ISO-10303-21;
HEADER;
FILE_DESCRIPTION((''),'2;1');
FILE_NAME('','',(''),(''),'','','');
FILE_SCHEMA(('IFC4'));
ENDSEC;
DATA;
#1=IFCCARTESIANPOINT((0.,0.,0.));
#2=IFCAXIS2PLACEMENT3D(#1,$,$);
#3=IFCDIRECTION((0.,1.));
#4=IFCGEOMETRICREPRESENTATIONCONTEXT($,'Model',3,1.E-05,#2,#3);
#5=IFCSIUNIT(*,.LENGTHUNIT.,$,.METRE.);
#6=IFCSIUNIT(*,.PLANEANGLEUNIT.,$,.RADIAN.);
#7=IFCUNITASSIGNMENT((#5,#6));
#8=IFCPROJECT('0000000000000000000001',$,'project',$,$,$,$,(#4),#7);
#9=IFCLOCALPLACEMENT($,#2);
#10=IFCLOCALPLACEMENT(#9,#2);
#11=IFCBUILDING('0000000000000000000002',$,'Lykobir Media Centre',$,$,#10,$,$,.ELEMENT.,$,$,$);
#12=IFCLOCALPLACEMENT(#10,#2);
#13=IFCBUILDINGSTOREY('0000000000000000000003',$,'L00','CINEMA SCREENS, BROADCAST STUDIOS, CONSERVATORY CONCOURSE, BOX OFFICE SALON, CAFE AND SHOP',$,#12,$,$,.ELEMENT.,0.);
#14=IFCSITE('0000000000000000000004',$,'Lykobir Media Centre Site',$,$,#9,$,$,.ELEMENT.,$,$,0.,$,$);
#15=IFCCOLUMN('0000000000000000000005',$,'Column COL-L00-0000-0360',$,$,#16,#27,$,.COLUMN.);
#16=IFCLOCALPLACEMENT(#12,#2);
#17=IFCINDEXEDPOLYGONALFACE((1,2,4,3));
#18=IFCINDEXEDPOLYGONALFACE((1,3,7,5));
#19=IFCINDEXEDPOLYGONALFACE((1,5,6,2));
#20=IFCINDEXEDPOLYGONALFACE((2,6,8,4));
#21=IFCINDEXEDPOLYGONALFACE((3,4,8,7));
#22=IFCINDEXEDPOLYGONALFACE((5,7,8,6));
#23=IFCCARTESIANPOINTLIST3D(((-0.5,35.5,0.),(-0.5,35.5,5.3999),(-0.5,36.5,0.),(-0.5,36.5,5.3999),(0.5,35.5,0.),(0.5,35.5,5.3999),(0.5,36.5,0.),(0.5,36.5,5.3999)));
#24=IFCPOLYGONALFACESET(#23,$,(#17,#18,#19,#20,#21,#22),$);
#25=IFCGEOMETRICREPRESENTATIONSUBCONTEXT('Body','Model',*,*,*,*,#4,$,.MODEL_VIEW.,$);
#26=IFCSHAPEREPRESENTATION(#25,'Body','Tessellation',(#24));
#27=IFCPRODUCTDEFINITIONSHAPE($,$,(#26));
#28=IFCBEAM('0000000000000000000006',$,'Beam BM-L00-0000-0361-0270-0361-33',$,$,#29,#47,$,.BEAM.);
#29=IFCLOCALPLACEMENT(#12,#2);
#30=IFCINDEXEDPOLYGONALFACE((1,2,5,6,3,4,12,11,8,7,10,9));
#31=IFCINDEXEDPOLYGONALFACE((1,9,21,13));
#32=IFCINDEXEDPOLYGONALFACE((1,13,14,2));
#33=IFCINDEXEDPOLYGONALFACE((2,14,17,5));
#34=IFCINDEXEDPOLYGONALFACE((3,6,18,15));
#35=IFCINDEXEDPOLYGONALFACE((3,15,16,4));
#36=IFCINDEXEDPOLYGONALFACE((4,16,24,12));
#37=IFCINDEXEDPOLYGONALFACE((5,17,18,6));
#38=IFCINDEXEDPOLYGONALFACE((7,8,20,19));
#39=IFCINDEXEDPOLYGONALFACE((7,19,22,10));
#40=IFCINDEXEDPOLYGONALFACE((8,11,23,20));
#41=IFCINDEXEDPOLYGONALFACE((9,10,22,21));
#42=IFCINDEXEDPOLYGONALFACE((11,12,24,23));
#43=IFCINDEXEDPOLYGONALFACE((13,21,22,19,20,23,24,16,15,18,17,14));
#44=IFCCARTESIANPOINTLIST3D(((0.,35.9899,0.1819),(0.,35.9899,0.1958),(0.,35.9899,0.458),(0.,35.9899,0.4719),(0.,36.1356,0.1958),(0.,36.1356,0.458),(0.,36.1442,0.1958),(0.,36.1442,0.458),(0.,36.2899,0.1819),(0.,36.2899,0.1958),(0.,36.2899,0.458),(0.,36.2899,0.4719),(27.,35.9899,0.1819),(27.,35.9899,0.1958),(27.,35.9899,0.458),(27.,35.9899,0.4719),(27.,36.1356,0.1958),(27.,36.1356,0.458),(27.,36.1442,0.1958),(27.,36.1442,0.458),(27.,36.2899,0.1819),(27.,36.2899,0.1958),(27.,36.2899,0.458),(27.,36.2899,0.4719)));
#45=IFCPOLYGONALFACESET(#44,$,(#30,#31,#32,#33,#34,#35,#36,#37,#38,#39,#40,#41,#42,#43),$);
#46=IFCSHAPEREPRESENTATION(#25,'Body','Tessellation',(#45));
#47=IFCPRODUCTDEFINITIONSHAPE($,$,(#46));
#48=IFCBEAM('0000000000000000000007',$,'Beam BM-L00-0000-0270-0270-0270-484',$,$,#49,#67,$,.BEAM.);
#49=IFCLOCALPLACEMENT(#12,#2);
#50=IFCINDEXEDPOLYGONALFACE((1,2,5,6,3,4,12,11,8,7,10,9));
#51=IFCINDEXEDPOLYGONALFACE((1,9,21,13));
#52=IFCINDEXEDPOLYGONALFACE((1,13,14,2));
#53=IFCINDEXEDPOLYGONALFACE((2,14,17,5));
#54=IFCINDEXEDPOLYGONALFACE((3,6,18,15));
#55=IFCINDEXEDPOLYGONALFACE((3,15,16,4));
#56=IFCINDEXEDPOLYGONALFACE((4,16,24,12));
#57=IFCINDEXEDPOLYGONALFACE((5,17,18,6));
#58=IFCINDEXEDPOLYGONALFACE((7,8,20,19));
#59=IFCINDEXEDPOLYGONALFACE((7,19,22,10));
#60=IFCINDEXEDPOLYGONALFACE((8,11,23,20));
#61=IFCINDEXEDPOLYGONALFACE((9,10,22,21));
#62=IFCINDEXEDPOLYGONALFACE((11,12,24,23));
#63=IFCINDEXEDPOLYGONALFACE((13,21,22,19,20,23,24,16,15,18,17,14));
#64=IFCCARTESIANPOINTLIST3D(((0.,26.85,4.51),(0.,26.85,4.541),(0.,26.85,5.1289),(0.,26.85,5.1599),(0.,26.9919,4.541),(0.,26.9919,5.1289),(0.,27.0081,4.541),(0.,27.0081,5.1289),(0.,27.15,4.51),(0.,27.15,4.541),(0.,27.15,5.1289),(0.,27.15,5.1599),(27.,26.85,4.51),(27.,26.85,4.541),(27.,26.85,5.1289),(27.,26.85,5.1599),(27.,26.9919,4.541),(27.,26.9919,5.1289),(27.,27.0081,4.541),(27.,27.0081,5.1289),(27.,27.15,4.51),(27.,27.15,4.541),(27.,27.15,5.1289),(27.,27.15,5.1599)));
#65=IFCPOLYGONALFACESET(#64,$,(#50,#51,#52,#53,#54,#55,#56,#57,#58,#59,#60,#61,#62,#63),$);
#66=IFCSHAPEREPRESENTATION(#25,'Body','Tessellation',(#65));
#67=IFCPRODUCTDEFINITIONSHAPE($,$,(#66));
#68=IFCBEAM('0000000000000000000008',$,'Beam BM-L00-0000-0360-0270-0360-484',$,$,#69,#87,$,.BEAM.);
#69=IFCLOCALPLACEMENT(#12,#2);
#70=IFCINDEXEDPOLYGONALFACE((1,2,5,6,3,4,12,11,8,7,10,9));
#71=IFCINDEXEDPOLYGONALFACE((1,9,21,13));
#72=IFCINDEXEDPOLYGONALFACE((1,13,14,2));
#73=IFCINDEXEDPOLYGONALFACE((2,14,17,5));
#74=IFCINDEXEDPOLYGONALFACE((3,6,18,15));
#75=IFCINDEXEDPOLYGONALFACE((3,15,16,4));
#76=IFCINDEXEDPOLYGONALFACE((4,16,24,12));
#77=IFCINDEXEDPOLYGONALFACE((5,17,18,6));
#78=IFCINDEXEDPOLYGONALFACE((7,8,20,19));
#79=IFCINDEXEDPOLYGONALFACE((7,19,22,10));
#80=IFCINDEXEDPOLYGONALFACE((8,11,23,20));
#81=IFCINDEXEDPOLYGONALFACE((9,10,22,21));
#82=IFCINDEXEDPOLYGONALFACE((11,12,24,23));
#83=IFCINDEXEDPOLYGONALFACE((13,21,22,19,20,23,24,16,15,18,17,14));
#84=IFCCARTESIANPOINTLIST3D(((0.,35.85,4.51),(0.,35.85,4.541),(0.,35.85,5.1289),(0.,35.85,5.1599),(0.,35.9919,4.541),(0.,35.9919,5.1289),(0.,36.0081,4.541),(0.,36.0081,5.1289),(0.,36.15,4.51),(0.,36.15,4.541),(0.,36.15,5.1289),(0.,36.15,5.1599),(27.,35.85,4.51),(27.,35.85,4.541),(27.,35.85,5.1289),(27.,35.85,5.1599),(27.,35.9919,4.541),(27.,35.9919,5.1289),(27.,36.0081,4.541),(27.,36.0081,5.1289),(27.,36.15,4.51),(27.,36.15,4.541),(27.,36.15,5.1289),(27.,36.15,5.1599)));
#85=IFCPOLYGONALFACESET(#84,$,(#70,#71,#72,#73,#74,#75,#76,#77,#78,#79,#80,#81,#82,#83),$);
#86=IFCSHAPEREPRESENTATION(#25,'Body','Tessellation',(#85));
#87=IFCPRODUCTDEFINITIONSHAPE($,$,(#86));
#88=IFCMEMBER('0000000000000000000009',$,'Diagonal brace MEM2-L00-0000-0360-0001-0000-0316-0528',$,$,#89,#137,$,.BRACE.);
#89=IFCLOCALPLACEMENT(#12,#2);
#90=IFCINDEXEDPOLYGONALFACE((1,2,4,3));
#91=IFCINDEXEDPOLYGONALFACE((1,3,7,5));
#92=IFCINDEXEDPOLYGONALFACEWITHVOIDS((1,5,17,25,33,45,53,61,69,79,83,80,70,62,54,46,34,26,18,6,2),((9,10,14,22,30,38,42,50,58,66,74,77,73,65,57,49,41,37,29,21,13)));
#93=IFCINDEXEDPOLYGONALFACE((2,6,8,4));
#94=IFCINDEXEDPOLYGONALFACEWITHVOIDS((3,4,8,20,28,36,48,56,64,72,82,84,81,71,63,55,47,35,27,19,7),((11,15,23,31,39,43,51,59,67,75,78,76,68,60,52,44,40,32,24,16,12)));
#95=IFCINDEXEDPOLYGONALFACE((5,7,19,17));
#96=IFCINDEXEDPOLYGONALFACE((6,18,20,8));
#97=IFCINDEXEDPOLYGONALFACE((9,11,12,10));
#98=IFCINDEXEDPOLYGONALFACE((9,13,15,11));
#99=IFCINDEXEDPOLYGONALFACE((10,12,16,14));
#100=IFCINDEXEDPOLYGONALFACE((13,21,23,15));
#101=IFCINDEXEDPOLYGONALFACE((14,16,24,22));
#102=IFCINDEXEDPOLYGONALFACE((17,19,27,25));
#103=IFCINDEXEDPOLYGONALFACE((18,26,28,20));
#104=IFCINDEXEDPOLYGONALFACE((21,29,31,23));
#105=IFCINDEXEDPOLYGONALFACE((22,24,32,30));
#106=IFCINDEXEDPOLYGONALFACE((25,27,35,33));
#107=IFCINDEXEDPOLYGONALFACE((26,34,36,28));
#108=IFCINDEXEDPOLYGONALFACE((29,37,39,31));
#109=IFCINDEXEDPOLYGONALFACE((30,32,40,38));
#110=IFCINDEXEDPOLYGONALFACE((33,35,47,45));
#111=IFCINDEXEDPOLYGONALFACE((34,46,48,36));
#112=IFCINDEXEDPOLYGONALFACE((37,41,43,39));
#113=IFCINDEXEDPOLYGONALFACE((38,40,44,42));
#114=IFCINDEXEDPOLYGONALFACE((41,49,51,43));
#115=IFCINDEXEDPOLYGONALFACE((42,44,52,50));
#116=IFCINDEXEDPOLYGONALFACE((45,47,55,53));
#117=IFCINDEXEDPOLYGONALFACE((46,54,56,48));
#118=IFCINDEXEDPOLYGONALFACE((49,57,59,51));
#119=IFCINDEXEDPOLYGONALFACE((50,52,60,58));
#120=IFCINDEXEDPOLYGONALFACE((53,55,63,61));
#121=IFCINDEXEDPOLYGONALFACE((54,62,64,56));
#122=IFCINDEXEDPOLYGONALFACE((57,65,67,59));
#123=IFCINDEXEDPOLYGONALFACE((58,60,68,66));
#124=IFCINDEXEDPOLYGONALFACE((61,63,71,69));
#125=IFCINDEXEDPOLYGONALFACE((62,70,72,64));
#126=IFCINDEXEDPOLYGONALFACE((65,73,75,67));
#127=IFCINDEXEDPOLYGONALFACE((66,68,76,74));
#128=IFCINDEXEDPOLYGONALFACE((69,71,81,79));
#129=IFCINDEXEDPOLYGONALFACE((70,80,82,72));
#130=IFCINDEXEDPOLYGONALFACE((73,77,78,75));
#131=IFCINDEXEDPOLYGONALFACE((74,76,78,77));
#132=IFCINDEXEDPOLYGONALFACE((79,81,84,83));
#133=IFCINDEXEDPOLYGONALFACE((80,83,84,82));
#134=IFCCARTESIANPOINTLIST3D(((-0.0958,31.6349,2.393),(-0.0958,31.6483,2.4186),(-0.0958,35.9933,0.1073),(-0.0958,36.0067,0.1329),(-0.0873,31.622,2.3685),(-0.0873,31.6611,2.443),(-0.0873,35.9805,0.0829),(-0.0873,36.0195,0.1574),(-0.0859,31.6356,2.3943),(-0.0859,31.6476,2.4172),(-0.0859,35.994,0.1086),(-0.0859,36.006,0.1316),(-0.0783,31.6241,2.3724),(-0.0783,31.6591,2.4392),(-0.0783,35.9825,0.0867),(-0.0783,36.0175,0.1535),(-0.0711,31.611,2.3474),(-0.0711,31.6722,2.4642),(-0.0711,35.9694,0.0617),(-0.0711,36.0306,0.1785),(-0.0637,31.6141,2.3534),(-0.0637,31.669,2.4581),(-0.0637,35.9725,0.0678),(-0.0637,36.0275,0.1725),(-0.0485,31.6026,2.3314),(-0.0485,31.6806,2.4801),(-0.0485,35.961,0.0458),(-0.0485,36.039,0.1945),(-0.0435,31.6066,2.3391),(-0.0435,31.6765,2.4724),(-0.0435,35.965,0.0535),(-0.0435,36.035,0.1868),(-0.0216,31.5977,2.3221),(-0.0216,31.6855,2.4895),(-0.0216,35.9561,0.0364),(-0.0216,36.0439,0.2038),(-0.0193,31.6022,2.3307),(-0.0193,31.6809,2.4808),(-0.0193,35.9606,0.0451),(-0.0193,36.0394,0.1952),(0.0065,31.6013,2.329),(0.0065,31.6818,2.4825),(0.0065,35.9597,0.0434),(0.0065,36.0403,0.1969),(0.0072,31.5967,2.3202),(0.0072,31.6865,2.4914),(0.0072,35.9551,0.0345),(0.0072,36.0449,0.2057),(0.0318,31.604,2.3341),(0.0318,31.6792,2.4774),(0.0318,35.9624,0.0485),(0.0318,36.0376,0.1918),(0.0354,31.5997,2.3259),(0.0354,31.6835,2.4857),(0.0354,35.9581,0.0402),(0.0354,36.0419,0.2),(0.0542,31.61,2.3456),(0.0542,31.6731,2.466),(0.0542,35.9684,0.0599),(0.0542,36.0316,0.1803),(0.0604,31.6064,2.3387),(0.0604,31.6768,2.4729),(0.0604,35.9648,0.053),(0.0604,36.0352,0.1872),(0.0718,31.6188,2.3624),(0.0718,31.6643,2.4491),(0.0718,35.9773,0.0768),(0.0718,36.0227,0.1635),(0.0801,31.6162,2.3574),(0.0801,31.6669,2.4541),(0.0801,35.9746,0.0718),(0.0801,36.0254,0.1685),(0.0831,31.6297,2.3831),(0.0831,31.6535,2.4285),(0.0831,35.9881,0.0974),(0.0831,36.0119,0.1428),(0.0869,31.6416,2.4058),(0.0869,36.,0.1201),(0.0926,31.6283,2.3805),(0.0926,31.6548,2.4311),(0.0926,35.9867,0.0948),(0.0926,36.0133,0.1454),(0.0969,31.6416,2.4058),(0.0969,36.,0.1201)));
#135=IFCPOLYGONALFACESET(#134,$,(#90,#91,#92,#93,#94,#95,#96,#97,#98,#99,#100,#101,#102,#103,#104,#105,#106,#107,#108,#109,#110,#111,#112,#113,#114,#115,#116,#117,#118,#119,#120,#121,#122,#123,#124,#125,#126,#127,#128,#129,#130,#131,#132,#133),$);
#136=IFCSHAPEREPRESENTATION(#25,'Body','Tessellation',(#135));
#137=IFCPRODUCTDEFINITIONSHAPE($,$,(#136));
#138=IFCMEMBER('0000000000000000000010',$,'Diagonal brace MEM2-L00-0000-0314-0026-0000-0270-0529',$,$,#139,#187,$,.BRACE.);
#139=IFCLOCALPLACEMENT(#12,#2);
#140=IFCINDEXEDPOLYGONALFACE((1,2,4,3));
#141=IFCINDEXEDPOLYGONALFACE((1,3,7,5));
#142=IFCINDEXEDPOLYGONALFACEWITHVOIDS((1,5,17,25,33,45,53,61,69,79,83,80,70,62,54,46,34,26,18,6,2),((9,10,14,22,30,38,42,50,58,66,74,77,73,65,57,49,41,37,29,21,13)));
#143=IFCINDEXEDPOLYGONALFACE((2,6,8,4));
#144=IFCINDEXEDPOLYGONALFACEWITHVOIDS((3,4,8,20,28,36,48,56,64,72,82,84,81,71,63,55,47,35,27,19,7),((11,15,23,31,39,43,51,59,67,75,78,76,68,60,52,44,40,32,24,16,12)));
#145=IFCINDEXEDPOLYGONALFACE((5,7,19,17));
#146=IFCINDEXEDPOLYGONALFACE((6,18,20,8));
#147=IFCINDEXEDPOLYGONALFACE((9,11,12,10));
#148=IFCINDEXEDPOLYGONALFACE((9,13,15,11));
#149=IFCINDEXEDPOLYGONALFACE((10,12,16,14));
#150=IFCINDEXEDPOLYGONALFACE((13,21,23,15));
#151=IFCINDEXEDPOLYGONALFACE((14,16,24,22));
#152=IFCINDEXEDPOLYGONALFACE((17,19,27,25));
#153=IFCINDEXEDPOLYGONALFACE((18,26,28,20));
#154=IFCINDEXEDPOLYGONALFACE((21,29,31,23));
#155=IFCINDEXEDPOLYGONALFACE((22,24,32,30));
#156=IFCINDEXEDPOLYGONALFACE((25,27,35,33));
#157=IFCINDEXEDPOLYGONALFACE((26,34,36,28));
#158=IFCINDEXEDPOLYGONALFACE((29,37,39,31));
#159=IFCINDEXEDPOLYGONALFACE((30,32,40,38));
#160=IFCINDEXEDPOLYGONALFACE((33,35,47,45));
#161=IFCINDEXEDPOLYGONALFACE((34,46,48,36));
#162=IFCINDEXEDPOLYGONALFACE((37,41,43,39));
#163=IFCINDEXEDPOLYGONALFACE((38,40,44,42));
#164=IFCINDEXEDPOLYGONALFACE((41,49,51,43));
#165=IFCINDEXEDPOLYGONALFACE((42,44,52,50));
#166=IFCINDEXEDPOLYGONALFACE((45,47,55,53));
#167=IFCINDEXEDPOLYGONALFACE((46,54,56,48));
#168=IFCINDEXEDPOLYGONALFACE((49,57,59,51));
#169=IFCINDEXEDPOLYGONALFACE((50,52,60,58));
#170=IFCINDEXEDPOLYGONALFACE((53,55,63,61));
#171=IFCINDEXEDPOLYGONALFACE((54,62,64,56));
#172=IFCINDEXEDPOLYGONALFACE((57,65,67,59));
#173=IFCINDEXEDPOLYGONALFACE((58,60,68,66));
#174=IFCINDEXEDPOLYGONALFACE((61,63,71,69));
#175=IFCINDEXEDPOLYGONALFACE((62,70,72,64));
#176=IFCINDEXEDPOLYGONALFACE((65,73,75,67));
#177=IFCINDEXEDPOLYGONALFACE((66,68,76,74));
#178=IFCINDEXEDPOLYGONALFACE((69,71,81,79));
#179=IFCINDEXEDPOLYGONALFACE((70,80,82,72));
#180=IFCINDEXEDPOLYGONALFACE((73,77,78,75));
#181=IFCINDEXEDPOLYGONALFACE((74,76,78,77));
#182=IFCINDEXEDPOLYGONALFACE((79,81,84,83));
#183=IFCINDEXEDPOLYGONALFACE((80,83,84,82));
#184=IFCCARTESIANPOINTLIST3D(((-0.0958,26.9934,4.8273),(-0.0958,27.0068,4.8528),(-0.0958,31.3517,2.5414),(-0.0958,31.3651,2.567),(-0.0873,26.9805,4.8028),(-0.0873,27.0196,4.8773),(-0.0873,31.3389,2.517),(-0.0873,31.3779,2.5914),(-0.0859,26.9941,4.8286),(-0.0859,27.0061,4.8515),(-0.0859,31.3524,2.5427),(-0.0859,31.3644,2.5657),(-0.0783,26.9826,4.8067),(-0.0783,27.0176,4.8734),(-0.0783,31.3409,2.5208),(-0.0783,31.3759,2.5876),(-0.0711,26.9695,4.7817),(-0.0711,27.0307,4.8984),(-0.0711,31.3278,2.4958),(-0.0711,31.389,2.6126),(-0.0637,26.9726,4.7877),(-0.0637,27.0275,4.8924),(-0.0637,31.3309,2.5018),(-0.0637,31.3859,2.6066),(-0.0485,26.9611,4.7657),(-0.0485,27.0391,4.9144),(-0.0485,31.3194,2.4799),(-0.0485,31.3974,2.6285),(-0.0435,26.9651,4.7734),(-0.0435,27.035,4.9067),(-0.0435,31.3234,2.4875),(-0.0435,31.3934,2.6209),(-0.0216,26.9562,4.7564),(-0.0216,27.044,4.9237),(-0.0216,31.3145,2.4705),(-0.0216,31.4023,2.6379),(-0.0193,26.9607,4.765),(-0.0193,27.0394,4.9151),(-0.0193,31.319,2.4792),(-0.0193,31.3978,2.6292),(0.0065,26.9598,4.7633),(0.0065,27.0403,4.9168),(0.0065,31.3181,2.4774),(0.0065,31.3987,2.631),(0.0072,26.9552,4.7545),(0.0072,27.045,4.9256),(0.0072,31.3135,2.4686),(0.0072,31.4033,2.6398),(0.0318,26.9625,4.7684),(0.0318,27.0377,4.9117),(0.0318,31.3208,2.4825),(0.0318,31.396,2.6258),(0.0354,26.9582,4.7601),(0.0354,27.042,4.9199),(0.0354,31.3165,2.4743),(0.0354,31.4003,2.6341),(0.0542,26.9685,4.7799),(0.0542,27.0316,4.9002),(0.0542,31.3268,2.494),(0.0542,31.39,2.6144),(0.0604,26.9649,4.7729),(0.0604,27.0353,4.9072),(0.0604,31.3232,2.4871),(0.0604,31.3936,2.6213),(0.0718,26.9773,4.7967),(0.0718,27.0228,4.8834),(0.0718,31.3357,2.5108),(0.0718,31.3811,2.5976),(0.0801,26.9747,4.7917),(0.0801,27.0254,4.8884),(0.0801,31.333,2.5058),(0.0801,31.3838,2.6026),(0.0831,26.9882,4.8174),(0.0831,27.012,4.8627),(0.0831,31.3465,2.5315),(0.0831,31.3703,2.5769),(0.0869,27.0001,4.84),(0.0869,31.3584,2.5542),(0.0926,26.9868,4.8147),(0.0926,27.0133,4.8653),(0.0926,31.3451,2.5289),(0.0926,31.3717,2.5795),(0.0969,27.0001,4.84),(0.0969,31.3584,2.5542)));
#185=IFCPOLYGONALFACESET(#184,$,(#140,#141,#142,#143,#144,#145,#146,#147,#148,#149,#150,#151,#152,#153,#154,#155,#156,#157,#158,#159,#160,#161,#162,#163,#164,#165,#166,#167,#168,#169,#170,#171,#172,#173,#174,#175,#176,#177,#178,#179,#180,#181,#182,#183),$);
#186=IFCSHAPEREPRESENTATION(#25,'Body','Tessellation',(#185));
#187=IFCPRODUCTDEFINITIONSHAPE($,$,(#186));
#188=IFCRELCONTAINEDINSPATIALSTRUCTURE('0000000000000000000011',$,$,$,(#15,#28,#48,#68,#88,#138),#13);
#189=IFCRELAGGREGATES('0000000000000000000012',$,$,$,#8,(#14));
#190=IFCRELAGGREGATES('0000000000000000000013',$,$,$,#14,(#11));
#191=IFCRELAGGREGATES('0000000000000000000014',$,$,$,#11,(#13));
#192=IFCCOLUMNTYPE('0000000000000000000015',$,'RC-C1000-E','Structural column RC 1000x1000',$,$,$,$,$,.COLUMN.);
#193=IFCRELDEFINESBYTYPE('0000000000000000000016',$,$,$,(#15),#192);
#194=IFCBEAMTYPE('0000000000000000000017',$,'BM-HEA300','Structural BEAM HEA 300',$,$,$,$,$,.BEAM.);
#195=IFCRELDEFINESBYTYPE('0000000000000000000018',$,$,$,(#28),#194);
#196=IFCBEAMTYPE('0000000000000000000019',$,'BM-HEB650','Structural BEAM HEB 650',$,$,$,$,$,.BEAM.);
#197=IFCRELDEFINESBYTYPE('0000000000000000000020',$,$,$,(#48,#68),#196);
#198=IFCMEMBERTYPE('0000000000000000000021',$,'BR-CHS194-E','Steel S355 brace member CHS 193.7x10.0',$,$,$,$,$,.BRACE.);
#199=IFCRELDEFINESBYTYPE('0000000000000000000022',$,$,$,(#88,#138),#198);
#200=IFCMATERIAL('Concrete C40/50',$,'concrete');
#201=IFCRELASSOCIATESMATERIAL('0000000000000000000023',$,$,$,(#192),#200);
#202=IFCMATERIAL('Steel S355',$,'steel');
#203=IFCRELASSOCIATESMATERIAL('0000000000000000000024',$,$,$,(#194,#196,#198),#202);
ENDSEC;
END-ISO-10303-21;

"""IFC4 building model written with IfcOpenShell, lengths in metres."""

from ifc_helpers import new_model, si_unit, direction, frame, origin, origin_2d, place, context, subcontext, project, spatial, rectangle, hollow_circle, i_section, extrude, material, material_profile, profile_set, type_object, element, save


model = new_model("IFC4")

# Units and contexts
model_context = context("Model", 3, precision=1e-05, world=origin(), true_north=direction((0.0, 1.0)))
body_context = subcontext(model_context, "Body", "Model", "MODEL_VIEW")
ifc_project = project(units=[si_unit("LENGTHUNIT", "METRE"), si_unit("PLANEANGLEUNIT", "RADIAN")], contexts=[model_context])

# Site, building, storey
site_placement = place(None, origin())
site = spatial("IfcSite", under=ifc_project, at=site_placement, Name="Lykobir Media Centre Site", CompositionType="ELEMENT", RefElevation=0.0)
building_placement = place(site_placement, origin())
building = spatial("IfcBuilding", under=site, at=building_placement, Name="Lykobir Media Centre", CompositionType="ELEMENT")
storey_placement = place(building_placement, origin())
storey = spatial("IfcBuildingStorey", under=building, at=storey_placement, Name="L00", Description="CINEMA SCREENS, BROADCAST STUDIOS, CONSERVATORY CONCOURSE, BOX OFFICE SALON, CAFE AND SHOP", CompositionType="ELEMENT", Elevation=0.0)

# Column
ifc_material_1 = material(Name="Concrete C40/50", Category="concrete")
ifc_material_profile_1 = material_profile(ifc_material_1, rectangle(XDim=1.0, YDim=1.0, at=origin_2d()), Name="RC 1000x1000")
ifc_profile_set_1 = profile_set([ifc_material_profile_1], Name="Concrete C40/50")
column_type = type_object("IfcColumnType", Name="RC-C1000-E", Description="Structural column RC 1000x1000", PredefinedType="COLUMN", material=ifc_profile_set_1)
column_placement = place(storey_placement, frame((0.0, 36.0, 0.0), z_axis=(0.0, 0.0, 1.0), x_axis=(1.0, 0.0, 0.0)))
element("IfcColumn", 1, at=column_placement, inside=storey, type_object=column_type, Name="Column COL-L00-0000-0360", PredefinedType="COLUMN", context=body_context, shape_type="SweptSolid", body=[
    extrude(rectangle(XDim=1.0, YDim=1.0, at=origin_2d()), origin(), (0.0, 0.0, 1.0), 5.3999),
])

# Beams
ifc_material_2 = material(Name="Steel S355", Category="steel")
ifc_material_profile_2 = material_profile(ifc_material_2, i_section(OverallWidth=0.3, OverallDepth=0.29, WebThickness=0.0085, FlangeThickness=0.0139, at=origin_2d()), Name="HEA 300")
ifc_profile_set_2 = profile_set([ifc_material_profile_2], Name="Steel S355")
beam_type_1 = type_object("IfcBeamType", Name="BM-HEA300", Description="Structural BEAM HEA 300", PredefinedType="BEAM", material=ifc_profile_set_2)
beam_1_placement = place(storey_placement, frame((0.0, 36.1399, 0.3269), z_axis=(1.0, 0.0, 0.0), x_axis=(0.0, 1.0, 0.0)))
element("IfcBeam", 2, at=beam_1_placement, inside=storey, type_object=beam_type_1, Name="Beam BM-L00-0000-0361-0270-0361-33", PredefinedType="BEAM", context=body_context, shape_type="SweptSolid", body=[
    extrude(i_section(OverallWidth=0.3, OverallDepth=0.29, WebThickness=0.0085, FlangeThickness=0.0139, at=origin_2d()), origin(), (0.0, 0.0, 1.0), 27.0),
])
ifc_material_profile_3 = material_profile(ifc_material_2, i_section(OverallWidth=0.3, OverallDepth=0.6499, WebThickness=0.0161, FlangeThickness=0.031, at=origin_2d()), Name="HEB 650")
ifc_profile_set_3 = profile_set([ifc_material_profile_3], Name="Steel S355")
beam_type_2 = type_object("IfcBeamType", Name="BM-HEB650", Description="Structural BEAM HEB 650", PredefinedType="BEAM", material=ifc_profile_set_3)
for number, where, z_axis, x_axis, name in (
    (3, (0.0, 27.0, 4.835), (1.0, 0.0, 0.0), (0.0, 1.0, 0.0), "Beam BM-L00-0000-0270-0270-0270-484"),
    (4, (0.0, 36.0, 4.835), (1.0, 0.0, 0.0), (0.0, 1.0, 0.0), "Beam BM-L00-0000-0360-0270-0360-484"),
):
    element("IfcBeam", number, at=place(storey_placement, frame(where, z_axis=z_axis, x_axis=x_axis)), inside=storey, type_object=beam_type_2, Name=name, PredefinedType="BEAM", context=body_context, shape_type="SweptSolid", body=[
        extrude(i_section(OverallWidth=0.3, OverallDepth=0.6499, WebThickness=0.0161, FlangeThickness=0.031, at=origin_2d()), origin(), (0.0, 0.0, 1.0), 27.0),
    ])

# Members
ifc_material_profile_4 = material_profile(ifc_material_2, hollow_circle(Radius=0.0969, WallThickness=0.01, at=origin_2d()), Name="CHS 193.7x10.0")
ifc_profile_set_4 = profile_set([ifc_material_profile_4], Name="Steel S355")
member_type_1 = type_object("IfcMemberType", Name="BR-CHS194-E", Description="Steel S355 brace member CHS 193.7x10.0", PredefinedType="BRACE", material=ifc_profile_set_4)
for number, where, z_axis, x_axis, name in (
    (5, (0.0, 36.0, 0.1201), (0.0, -0.885608, 0.464433), (1.0, 0.0, 0.0), "Diagonal brace MEM2-L00-0000-0360-0001-0000-0316-0528"),
    (6, (0.0, 31.3584, 2.5542), (0.0, -0.885588, 0.464472), (1.0, 0.0, 0.0), "Diagonal brace MEM2-L00-0000-0314-0026-0000-0270-0529"),
):
    element("IfcMember", number, at=place(storey_placement, frame(where, z_axis=z_axis, x_axis=x_axis)), inside=storey, type_object=member_type_1, Name=name, PredefinedType="BRACE", context=body_context, shape_type="SweptSolid", body=[
        extrude(hollow_circle(Radius=0.0969, WallThickness=0.01, at=origin_2d()), origin(), (0.0, 0.0, 1.0), 4.9214),
    ])

save(model, "model.ifc")
